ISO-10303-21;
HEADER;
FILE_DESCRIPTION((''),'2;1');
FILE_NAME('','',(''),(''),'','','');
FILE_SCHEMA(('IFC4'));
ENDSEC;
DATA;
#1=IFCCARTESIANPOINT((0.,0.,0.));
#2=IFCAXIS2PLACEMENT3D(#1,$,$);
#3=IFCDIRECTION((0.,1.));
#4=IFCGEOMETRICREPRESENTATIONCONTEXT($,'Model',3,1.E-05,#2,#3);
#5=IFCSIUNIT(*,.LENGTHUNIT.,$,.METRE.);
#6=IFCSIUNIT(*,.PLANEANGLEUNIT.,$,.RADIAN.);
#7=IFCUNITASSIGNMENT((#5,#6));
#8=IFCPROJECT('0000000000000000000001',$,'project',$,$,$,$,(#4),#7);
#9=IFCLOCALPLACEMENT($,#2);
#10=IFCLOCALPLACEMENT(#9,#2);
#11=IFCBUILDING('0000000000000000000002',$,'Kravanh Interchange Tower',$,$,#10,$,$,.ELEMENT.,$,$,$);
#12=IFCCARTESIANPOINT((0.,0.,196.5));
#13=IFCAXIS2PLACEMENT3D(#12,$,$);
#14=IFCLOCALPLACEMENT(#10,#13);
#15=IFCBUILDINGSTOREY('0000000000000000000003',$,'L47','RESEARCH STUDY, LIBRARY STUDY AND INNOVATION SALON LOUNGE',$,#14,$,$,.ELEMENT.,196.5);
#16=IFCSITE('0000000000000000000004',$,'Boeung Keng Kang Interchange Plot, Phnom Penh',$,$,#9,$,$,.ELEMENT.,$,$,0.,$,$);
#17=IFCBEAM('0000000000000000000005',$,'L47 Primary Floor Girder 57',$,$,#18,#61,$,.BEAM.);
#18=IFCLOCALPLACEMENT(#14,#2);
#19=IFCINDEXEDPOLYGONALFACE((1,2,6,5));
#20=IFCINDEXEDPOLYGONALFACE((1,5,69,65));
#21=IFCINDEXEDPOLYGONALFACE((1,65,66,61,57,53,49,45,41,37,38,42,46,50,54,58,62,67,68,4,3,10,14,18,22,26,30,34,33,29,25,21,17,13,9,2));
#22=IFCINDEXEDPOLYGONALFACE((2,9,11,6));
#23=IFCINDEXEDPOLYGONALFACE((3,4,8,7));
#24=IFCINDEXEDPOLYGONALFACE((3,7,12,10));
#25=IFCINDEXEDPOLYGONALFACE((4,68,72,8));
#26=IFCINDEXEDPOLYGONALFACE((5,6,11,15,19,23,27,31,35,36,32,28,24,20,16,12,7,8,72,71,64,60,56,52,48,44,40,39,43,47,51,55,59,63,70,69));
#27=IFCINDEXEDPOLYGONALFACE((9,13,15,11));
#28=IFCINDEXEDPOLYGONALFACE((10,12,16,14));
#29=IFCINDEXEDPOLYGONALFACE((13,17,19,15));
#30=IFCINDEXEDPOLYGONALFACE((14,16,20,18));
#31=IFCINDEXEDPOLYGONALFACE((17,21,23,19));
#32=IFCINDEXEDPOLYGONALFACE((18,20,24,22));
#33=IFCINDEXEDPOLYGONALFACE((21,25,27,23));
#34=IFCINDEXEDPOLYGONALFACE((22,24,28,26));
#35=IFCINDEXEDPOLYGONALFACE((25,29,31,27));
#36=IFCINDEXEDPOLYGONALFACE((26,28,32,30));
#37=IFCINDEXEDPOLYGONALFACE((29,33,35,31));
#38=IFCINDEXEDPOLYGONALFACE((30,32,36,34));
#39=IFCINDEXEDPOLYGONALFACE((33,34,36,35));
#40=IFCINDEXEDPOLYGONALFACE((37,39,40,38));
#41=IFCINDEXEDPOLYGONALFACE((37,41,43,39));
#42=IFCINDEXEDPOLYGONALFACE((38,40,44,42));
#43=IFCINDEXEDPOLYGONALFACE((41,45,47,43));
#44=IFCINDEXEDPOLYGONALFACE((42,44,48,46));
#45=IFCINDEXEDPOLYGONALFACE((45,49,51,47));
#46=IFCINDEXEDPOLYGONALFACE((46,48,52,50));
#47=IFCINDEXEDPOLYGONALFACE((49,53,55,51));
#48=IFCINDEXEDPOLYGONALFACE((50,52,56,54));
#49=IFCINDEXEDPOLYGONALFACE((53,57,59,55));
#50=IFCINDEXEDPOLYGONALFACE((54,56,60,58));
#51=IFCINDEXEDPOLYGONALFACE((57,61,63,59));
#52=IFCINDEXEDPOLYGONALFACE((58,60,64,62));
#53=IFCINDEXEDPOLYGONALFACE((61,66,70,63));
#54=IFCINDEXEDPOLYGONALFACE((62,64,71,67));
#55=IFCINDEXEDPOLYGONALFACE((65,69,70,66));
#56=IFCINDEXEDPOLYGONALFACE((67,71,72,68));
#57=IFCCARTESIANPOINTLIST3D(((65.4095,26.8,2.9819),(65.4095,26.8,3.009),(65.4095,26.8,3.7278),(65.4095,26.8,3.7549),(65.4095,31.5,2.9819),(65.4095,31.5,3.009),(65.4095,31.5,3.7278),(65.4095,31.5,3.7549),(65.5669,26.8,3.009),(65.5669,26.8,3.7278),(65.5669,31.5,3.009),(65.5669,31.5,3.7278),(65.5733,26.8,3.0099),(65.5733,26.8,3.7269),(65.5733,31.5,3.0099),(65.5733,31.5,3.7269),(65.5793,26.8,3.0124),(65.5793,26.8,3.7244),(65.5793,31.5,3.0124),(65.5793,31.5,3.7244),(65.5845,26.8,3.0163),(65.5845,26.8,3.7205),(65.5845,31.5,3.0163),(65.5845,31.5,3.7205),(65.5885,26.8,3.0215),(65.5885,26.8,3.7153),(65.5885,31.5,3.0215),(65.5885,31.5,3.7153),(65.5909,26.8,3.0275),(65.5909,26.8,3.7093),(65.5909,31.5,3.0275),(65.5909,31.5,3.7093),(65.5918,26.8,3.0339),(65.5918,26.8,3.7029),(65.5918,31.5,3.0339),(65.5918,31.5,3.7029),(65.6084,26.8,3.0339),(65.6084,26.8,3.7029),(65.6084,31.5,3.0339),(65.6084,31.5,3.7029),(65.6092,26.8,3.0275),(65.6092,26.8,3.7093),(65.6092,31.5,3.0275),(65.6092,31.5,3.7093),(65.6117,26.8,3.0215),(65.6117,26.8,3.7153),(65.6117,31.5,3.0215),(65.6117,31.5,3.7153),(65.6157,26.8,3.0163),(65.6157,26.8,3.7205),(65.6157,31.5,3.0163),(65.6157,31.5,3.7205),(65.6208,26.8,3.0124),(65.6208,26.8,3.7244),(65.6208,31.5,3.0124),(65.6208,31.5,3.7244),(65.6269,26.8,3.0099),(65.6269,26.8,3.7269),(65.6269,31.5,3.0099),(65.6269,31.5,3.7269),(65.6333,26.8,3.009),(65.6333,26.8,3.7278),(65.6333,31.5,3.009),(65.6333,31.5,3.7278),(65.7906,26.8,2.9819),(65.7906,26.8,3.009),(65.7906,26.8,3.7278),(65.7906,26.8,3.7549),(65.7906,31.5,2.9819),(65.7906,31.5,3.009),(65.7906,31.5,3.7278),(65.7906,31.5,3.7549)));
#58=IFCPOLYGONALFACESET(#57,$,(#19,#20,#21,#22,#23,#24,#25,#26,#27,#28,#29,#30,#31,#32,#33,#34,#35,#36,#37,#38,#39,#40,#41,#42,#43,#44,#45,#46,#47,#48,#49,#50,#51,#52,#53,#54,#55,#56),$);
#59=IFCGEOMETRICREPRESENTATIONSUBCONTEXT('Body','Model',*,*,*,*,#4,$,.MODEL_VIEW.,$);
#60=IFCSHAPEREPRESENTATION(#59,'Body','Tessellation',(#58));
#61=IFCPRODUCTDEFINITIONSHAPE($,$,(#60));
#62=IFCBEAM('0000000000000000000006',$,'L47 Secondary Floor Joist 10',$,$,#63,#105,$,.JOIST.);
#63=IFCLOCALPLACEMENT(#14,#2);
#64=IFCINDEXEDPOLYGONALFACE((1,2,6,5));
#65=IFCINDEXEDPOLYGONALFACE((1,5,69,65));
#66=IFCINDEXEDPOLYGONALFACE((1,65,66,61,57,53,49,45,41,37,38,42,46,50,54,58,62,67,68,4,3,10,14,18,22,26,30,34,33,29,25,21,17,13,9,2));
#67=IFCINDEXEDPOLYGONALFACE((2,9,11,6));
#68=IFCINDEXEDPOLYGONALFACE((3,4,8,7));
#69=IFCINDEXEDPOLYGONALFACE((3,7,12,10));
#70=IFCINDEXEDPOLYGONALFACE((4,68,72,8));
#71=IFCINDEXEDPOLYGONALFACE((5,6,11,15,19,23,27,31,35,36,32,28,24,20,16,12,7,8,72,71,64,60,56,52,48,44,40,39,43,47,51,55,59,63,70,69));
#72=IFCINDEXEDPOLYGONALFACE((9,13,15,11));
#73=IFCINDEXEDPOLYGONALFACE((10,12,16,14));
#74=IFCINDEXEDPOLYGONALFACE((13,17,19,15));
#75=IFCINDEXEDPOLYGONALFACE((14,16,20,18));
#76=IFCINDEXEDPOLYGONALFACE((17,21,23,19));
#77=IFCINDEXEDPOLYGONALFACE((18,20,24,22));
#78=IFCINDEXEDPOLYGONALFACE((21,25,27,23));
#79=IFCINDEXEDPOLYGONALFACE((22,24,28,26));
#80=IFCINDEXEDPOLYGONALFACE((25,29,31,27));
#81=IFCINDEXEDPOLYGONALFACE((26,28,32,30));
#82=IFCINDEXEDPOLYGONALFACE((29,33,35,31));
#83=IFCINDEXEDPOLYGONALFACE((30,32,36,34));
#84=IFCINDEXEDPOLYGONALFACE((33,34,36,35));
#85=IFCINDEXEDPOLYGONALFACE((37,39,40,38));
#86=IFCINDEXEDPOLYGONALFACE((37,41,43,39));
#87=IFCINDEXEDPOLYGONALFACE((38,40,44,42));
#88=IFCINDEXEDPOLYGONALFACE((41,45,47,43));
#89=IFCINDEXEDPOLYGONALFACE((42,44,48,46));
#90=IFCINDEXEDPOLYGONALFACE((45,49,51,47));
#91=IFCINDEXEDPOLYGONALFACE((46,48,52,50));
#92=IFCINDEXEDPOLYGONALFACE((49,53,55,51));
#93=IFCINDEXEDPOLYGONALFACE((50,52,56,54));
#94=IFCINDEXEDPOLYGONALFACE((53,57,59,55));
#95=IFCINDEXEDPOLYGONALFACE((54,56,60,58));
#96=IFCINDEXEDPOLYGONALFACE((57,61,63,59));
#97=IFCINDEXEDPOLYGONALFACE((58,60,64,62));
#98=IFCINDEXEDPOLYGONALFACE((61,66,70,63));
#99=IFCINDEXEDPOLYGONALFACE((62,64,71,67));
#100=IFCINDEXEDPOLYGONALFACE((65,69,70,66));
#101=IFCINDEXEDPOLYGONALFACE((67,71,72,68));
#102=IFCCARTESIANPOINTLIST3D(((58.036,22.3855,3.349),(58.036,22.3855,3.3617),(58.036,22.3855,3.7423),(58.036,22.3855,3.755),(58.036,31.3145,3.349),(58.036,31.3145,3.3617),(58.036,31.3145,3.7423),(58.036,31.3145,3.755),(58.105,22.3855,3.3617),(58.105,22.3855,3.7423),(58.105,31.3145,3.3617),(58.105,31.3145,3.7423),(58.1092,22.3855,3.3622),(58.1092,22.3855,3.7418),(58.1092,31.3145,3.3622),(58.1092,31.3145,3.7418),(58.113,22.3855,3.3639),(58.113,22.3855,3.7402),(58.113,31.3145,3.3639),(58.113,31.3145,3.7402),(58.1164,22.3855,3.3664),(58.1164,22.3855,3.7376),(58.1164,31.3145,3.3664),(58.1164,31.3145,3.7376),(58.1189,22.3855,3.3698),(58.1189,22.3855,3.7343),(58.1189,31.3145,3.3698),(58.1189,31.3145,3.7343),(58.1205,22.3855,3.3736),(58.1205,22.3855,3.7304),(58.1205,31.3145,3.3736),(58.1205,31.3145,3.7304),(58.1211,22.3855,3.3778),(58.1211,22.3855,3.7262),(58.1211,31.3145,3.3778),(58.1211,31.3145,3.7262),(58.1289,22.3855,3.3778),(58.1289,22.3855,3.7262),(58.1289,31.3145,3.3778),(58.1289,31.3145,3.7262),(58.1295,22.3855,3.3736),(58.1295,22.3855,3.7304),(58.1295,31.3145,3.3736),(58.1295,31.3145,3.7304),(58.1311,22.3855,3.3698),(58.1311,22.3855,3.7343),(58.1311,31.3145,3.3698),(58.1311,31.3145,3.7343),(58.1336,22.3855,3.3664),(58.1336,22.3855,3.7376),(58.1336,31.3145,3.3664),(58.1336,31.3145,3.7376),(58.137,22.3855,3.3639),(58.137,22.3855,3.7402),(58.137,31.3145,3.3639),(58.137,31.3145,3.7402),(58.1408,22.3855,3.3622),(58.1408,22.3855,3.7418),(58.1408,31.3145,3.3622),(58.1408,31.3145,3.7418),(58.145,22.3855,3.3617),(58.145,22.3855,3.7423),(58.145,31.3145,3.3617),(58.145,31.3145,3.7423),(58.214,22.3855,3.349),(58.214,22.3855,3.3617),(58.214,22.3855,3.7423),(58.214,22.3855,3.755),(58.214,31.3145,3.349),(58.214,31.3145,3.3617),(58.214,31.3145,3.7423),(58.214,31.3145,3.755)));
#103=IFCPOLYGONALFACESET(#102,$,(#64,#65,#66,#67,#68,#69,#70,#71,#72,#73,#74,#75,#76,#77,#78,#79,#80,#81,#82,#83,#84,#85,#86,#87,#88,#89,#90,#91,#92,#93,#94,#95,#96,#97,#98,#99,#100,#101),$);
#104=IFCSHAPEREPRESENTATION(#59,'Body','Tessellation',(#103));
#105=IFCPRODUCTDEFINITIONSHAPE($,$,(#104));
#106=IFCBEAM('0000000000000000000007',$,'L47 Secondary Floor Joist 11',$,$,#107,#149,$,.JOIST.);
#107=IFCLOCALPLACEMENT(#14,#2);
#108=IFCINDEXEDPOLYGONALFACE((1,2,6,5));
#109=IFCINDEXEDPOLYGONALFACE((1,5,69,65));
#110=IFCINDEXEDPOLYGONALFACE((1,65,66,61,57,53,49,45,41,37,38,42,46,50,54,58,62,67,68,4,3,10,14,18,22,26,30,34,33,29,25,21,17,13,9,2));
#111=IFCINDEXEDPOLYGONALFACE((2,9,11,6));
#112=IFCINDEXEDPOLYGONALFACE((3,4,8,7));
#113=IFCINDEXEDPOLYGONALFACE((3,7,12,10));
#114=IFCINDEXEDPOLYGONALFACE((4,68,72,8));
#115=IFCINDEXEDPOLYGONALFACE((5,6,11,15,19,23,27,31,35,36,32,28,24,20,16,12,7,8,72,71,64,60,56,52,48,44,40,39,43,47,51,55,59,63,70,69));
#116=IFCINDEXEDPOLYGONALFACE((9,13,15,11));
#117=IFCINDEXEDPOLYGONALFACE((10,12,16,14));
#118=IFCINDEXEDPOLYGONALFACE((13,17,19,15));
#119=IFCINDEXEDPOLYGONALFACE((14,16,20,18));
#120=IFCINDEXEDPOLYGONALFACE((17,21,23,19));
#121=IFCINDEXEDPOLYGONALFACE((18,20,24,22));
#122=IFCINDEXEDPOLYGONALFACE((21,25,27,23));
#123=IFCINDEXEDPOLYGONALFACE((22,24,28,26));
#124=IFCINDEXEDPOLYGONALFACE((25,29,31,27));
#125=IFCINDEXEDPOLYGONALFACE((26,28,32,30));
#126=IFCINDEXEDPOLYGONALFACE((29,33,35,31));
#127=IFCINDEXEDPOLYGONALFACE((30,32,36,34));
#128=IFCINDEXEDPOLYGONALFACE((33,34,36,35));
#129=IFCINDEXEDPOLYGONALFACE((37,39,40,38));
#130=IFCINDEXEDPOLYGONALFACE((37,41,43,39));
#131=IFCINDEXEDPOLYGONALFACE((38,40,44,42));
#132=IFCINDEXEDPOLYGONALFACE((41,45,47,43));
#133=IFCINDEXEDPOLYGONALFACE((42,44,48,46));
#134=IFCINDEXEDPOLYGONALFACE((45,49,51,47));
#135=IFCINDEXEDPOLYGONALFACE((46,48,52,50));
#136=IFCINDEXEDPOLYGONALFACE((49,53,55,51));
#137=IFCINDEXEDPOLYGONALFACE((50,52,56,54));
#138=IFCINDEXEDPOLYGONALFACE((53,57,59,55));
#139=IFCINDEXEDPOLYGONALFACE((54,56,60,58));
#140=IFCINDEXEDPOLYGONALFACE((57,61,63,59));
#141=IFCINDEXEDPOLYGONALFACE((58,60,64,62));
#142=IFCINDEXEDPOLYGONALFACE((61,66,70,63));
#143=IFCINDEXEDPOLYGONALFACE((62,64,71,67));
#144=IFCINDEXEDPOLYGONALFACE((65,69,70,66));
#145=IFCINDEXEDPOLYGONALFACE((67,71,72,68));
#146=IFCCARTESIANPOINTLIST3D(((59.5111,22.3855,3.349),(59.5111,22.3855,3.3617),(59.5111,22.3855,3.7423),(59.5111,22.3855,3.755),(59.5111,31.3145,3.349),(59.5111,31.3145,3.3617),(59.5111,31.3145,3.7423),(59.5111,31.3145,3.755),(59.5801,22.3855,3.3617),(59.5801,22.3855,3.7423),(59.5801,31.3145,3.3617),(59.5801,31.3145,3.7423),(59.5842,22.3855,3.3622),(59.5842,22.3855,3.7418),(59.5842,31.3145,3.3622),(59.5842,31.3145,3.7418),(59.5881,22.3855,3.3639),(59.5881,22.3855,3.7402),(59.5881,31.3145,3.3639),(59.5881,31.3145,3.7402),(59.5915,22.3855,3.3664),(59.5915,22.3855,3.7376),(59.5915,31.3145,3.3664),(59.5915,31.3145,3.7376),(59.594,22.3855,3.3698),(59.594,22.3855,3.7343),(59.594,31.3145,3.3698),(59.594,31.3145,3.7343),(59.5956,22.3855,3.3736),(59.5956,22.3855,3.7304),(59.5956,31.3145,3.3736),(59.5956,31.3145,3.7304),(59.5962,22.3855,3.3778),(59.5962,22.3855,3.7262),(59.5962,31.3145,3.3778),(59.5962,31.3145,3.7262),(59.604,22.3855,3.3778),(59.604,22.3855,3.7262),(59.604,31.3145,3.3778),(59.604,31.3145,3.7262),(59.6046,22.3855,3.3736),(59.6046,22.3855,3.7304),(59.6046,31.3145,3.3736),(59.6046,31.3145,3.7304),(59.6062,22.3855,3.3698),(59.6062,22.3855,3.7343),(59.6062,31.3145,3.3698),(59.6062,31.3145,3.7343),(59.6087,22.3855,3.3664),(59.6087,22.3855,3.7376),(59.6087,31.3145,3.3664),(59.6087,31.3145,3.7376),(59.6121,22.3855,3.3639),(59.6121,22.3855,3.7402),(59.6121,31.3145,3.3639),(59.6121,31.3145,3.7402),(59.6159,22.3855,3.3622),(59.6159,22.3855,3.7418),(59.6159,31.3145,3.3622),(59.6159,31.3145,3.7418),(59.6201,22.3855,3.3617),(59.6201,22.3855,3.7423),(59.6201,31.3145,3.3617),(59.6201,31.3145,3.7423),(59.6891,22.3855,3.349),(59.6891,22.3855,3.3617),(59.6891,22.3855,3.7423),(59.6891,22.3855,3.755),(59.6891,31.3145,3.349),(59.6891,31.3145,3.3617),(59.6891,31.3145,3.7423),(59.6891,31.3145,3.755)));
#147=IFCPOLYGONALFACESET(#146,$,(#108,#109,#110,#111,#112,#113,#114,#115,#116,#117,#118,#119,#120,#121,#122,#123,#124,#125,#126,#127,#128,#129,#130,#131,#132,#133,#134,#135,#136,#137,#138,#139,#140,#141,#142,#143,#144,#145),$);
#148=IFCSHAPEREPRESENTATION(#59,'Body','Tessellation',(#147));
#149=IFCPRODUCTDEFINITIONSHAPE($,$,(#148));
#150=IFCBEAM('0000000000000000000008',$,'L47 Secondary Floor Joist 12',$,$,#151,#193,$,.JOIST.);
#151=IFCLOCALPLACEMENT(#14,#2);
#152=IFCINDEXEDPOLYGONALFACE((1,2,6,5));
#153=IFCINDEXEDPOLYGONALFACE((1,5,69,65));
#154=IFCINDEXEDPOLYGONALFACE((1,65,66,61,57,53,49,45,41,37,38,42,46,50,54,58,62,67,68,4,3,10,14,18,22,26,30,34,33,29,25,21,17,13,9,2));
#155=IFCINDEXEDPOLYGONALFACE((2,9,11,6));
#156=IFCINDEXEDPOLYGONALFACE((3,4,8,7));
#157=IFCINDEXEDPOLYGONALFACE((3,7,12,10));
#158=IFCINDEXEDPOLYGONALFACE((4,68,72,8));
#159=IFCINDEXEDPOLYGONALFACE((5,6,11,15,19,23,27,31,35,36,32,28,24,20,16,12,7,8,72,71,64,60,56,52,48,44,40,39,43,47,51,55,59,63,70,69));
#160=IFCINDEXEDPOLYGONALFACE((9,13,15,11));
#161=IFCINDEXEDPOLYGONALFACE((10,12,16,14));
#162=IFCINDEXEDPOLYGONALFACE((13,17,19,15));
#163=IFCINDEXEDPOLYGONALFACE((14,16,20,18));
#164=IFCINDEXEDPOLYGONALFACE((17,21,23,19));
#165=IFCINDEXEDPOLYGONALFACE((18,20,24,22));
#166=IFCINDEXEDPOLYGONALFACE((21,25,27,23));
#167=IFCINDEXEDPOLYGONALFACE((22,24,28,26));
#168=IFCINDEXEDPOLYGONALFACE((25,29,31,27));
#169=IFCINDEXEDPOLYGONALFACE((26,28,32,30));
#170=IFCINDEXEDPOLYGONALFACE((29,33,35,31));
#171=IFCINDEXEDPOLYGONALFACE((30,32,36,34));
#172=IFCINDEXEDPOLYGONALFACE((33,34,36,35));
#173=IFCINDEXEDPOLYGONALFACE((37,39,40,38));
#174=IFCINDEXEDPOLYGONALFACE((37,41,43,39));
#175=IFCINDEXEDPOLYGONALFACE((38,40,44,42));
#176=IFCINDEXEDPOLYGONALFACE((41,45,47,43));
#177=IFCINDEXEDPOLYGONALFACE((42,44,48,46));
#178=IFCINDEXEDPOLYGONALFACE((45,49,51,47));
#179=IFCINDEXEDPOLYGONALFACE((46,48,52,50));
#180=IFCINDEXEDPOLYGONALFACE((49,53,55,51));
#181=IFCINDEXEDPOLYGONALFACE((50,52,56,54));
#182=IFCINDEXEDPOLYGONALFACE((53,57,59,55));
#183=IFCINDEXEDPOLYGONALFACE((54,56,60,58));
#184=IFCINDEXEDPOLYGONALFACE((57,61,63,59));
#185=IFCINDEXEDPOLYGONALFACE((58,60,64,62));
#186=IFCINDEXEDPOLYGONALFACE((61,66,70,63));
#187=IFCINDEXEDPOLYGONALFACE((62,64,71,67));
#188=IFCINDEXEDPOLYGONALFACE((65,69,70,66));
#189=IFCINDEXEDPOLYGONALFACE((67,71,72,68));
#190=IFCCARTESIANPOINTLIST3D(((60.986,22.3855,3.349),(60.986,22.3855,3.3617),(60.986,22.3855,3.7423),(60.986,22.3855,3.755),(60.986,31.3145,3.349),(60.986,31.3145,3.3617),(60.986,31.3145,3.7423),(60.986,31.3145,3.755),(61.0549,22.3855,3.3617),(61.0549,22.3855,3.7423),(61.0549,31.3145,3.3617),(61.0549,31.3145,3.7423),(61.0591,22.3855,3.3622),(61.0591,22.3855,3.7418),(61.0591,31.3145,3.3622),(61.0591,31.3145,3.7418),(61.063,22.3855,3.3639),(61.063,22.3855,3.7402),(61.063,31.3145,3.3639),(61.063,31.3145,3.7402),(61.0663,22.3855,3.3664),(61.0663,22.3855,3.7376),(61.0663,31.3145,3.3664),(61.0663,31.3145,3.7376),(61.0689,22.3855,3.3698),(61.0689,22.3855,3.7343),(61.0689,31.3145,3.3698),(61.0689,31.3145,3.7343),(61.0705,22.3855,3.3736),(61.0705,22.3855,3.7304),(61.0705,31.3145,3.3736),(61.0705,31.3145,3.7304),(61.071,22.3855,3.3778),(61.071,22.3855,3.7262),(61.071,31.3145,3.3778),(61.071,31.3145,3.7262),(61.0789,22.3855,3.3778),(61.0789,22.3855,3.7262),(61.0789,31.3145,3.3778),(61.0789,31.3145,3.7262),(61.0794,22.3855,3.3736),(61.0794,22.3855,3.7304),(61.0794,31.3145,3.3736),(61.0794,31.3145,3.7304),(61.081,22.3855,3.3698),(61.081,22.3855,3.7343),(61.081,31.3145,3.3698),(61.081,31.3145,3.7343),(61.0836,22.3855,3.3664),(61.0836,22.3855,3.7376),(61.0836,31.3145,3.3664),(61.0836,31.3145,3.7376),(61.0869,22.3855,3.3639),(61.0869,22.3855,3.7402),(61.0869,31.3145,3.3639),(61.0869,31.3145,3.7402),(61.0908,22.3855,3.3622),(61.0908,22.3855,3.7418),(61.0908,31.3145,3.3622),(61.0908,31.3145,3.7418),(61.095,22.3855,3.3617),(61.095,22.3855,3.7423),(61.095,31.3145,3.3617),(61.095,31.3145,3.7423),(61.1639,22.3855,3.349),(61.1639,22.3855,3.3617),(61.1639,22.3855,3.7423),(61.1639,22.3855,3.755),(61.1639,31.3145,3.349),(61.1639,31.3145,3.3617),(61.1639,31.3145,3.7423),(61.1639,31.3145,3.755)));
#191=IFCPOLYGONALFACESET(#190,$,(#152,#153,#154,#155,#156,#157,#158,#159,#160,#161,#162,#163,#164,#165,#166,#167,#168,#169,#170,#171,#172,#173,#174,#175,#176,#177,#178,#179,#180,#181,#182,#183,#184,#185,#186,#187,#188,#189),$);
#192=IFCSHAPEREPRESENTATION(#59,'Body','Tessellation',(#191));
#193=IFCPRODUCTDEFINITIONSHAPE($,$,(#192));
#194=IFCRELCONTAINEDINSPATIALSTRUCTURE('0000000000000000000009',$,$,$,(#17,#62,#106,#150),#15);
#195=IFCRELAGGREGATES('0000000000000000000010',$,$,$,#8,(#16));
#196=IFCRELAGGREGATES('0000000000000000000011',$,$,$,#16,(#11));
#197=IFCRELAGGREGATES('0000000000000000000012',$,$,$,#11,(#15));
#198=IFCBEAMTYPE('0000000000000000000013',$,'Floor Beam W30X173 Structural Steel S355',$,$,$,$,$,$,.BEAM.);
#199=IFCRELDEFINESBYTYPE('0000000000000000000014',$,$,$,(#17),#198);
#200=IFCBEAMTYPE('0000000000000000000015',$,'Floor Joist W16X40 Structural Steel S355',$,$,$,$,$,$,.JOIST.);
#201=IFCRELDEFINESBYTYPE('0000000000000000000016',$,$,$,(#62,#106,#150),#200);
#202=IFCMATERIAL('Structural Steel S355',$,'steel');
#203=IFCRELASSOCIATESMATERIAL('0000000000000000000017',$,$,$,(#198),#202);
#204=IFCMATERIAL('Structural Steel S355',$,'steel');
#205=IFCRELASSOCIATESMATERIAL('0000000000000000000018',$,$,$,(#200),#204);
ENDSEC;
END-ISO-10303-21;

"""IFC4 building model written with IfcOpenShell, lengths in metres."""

from ifc_helpers import new_model, si_unit, direction, frame, origin, origin_2d, place, context, subcontext, project, spatial, i_section, extrude, material, material_profile, profile_set, type_object, element, save


model = new_model("IFC4")

# Units and contexts
model_context = context("Model", 3, precision=1e-05, world=origin(), true_north=direction((0.0, 1.0)))
body_context = subcontext(model_context, "Body", "Model", "MODEL_VIEW")
ifc_project = project(units=[si_unit("LENGTHUNIT", "METRE"), si_unit("PLANEANGLEUNIT", "RADIAN")], contexts=[model_context])

# Site, building, storey
site_placement = place(None, origin())
site = spatial("IfcSite", under=ifc_project, at=site_placement, Name="Boeung Keng Kang Interchange Plot, Phnom Penh", CompositionType="ELEMENT", RefElevation=0.0)
building_placement = place(site_placement, origin())
building = spatial("IfcBuilding", under=site, at=building_placement, Name="Kravanh Interchange Tower", CompositionType="ELEMENT")
storey_placement = place(building_placement, frame((0.0, 0.0, 196.5)))
storey = spatial("IfcBuildingStorey", under=building, at=storey_placement, Name="L47", Description="RESEARCH STUDY, LIBRARY STUDY AND INNOVATION SALON LOUNGE", CompositionType="ELEMENT", Elevation=196.5)

# Beams
ifc_material_1 = material(Name="Structural Steel S355", Category="steel")
ifc_material_profile_1 = material_profile(ifc_material_1, i_section(OverallWidth=0.3811, OverallDepth=0.7729, WebThickness=0.0166, FlangeThickness=0.0271, FilletRadius=0.0249, at=origin_2d()), Name="W30X173")
ifc_profile_set_1 = profile_set([ifc_material_profile_1], Name="Structural Steel S355")
beam_type_1 = type_object("IfcBeamType", Name="Floor Beam W30X173 Structural Steel S355", PredefinedType="BEAM", material=ifc_profile_set_1)
for number, where, z_axis, x_axis, name in (
    (1, (65.6001, 26.8, 3.3684), (0.0, 1.0, 0.0), (-1.0, 0.0, 0.0), "L47 Primary Floor Girder 57"),
):
    element("IfcBeam", number, at=place(storey_placement, frame(where, z_axis=z_axis, x_axis=x_axis)), inside=storey, type_object=beam_type_1, Name=name, PredefinedType="BEAM", context=body_context, shape_type="SweptSolid", body=[
        extrude(i_section(OverallWidth=0.3811, OverallDepth=0.7729, WebThickness=0.0166, FlangeThickness=0.0271, FilletRadius=0.0249, at=origin_2d()), origin(), (0.0, 0.0, 1.0), 4.7),
    ])
ifc_material_2 = material(Name="Structural Steel S355", Category="steel")
ifc_material_profile_2 = material_profile(ifc_material_2, i_section(OverallWidth=0.178, OverallDepth=0.406, WebThickness=0.0078, FlangeThickness=0.0127, FilletRadius=0.0161, at=origin_2d()), Name="W16X40")
ifc_profile_set_2 = profile_set([ifc_material_profile_2], Name="Structural Steel S355")
beam_type_2 = type_object("IfcBeamType", Name="Floor Joist W16X40 Structural Steel S355", PredefinedType="JOIST", material=ifc_profile_set_2)
for number, where, z_axis, x_axis, name in (
    (2, (58.125, 22.3855, 3.552), (0.0, 1.0, 0.0), (-1.0, 0.0, 0.0), "L47 Secondary Floor Joist 10"),
    (3, (59.6001, 22.3855, 3.552), (0.0, 1.0, 0.0), (-1.0, 0.0, 0.0), "L47 Secondary Floor Joist 11"),
    (4, (61.075, 22.3855, 3.552), (0.0, 1.0, 0.0), (-1.0, 0.0, 0.0), "L47 Secondary Floor Joist 12"),
):
    element("IfcBeam", number, at=place(storey_placement, frame(where, z_axis=z_axis, x_axis=x_axis)), inside=storey, type_object=beam_type_2, Name=name, PredefinedType="JOIST", context=body_context, shape_type="SweptSolid", body=[
        extrude(i_section(OverallWidth=0.178, OverallDepth=0.406, WebThickness=0.0078, FlangeThickness=0.0127, FilletRadius=0.0161, at=origin_2d()), origin(), (0.0, 0.0, 1.0), 8.929),
    ])

save(model, "model.ifc")
